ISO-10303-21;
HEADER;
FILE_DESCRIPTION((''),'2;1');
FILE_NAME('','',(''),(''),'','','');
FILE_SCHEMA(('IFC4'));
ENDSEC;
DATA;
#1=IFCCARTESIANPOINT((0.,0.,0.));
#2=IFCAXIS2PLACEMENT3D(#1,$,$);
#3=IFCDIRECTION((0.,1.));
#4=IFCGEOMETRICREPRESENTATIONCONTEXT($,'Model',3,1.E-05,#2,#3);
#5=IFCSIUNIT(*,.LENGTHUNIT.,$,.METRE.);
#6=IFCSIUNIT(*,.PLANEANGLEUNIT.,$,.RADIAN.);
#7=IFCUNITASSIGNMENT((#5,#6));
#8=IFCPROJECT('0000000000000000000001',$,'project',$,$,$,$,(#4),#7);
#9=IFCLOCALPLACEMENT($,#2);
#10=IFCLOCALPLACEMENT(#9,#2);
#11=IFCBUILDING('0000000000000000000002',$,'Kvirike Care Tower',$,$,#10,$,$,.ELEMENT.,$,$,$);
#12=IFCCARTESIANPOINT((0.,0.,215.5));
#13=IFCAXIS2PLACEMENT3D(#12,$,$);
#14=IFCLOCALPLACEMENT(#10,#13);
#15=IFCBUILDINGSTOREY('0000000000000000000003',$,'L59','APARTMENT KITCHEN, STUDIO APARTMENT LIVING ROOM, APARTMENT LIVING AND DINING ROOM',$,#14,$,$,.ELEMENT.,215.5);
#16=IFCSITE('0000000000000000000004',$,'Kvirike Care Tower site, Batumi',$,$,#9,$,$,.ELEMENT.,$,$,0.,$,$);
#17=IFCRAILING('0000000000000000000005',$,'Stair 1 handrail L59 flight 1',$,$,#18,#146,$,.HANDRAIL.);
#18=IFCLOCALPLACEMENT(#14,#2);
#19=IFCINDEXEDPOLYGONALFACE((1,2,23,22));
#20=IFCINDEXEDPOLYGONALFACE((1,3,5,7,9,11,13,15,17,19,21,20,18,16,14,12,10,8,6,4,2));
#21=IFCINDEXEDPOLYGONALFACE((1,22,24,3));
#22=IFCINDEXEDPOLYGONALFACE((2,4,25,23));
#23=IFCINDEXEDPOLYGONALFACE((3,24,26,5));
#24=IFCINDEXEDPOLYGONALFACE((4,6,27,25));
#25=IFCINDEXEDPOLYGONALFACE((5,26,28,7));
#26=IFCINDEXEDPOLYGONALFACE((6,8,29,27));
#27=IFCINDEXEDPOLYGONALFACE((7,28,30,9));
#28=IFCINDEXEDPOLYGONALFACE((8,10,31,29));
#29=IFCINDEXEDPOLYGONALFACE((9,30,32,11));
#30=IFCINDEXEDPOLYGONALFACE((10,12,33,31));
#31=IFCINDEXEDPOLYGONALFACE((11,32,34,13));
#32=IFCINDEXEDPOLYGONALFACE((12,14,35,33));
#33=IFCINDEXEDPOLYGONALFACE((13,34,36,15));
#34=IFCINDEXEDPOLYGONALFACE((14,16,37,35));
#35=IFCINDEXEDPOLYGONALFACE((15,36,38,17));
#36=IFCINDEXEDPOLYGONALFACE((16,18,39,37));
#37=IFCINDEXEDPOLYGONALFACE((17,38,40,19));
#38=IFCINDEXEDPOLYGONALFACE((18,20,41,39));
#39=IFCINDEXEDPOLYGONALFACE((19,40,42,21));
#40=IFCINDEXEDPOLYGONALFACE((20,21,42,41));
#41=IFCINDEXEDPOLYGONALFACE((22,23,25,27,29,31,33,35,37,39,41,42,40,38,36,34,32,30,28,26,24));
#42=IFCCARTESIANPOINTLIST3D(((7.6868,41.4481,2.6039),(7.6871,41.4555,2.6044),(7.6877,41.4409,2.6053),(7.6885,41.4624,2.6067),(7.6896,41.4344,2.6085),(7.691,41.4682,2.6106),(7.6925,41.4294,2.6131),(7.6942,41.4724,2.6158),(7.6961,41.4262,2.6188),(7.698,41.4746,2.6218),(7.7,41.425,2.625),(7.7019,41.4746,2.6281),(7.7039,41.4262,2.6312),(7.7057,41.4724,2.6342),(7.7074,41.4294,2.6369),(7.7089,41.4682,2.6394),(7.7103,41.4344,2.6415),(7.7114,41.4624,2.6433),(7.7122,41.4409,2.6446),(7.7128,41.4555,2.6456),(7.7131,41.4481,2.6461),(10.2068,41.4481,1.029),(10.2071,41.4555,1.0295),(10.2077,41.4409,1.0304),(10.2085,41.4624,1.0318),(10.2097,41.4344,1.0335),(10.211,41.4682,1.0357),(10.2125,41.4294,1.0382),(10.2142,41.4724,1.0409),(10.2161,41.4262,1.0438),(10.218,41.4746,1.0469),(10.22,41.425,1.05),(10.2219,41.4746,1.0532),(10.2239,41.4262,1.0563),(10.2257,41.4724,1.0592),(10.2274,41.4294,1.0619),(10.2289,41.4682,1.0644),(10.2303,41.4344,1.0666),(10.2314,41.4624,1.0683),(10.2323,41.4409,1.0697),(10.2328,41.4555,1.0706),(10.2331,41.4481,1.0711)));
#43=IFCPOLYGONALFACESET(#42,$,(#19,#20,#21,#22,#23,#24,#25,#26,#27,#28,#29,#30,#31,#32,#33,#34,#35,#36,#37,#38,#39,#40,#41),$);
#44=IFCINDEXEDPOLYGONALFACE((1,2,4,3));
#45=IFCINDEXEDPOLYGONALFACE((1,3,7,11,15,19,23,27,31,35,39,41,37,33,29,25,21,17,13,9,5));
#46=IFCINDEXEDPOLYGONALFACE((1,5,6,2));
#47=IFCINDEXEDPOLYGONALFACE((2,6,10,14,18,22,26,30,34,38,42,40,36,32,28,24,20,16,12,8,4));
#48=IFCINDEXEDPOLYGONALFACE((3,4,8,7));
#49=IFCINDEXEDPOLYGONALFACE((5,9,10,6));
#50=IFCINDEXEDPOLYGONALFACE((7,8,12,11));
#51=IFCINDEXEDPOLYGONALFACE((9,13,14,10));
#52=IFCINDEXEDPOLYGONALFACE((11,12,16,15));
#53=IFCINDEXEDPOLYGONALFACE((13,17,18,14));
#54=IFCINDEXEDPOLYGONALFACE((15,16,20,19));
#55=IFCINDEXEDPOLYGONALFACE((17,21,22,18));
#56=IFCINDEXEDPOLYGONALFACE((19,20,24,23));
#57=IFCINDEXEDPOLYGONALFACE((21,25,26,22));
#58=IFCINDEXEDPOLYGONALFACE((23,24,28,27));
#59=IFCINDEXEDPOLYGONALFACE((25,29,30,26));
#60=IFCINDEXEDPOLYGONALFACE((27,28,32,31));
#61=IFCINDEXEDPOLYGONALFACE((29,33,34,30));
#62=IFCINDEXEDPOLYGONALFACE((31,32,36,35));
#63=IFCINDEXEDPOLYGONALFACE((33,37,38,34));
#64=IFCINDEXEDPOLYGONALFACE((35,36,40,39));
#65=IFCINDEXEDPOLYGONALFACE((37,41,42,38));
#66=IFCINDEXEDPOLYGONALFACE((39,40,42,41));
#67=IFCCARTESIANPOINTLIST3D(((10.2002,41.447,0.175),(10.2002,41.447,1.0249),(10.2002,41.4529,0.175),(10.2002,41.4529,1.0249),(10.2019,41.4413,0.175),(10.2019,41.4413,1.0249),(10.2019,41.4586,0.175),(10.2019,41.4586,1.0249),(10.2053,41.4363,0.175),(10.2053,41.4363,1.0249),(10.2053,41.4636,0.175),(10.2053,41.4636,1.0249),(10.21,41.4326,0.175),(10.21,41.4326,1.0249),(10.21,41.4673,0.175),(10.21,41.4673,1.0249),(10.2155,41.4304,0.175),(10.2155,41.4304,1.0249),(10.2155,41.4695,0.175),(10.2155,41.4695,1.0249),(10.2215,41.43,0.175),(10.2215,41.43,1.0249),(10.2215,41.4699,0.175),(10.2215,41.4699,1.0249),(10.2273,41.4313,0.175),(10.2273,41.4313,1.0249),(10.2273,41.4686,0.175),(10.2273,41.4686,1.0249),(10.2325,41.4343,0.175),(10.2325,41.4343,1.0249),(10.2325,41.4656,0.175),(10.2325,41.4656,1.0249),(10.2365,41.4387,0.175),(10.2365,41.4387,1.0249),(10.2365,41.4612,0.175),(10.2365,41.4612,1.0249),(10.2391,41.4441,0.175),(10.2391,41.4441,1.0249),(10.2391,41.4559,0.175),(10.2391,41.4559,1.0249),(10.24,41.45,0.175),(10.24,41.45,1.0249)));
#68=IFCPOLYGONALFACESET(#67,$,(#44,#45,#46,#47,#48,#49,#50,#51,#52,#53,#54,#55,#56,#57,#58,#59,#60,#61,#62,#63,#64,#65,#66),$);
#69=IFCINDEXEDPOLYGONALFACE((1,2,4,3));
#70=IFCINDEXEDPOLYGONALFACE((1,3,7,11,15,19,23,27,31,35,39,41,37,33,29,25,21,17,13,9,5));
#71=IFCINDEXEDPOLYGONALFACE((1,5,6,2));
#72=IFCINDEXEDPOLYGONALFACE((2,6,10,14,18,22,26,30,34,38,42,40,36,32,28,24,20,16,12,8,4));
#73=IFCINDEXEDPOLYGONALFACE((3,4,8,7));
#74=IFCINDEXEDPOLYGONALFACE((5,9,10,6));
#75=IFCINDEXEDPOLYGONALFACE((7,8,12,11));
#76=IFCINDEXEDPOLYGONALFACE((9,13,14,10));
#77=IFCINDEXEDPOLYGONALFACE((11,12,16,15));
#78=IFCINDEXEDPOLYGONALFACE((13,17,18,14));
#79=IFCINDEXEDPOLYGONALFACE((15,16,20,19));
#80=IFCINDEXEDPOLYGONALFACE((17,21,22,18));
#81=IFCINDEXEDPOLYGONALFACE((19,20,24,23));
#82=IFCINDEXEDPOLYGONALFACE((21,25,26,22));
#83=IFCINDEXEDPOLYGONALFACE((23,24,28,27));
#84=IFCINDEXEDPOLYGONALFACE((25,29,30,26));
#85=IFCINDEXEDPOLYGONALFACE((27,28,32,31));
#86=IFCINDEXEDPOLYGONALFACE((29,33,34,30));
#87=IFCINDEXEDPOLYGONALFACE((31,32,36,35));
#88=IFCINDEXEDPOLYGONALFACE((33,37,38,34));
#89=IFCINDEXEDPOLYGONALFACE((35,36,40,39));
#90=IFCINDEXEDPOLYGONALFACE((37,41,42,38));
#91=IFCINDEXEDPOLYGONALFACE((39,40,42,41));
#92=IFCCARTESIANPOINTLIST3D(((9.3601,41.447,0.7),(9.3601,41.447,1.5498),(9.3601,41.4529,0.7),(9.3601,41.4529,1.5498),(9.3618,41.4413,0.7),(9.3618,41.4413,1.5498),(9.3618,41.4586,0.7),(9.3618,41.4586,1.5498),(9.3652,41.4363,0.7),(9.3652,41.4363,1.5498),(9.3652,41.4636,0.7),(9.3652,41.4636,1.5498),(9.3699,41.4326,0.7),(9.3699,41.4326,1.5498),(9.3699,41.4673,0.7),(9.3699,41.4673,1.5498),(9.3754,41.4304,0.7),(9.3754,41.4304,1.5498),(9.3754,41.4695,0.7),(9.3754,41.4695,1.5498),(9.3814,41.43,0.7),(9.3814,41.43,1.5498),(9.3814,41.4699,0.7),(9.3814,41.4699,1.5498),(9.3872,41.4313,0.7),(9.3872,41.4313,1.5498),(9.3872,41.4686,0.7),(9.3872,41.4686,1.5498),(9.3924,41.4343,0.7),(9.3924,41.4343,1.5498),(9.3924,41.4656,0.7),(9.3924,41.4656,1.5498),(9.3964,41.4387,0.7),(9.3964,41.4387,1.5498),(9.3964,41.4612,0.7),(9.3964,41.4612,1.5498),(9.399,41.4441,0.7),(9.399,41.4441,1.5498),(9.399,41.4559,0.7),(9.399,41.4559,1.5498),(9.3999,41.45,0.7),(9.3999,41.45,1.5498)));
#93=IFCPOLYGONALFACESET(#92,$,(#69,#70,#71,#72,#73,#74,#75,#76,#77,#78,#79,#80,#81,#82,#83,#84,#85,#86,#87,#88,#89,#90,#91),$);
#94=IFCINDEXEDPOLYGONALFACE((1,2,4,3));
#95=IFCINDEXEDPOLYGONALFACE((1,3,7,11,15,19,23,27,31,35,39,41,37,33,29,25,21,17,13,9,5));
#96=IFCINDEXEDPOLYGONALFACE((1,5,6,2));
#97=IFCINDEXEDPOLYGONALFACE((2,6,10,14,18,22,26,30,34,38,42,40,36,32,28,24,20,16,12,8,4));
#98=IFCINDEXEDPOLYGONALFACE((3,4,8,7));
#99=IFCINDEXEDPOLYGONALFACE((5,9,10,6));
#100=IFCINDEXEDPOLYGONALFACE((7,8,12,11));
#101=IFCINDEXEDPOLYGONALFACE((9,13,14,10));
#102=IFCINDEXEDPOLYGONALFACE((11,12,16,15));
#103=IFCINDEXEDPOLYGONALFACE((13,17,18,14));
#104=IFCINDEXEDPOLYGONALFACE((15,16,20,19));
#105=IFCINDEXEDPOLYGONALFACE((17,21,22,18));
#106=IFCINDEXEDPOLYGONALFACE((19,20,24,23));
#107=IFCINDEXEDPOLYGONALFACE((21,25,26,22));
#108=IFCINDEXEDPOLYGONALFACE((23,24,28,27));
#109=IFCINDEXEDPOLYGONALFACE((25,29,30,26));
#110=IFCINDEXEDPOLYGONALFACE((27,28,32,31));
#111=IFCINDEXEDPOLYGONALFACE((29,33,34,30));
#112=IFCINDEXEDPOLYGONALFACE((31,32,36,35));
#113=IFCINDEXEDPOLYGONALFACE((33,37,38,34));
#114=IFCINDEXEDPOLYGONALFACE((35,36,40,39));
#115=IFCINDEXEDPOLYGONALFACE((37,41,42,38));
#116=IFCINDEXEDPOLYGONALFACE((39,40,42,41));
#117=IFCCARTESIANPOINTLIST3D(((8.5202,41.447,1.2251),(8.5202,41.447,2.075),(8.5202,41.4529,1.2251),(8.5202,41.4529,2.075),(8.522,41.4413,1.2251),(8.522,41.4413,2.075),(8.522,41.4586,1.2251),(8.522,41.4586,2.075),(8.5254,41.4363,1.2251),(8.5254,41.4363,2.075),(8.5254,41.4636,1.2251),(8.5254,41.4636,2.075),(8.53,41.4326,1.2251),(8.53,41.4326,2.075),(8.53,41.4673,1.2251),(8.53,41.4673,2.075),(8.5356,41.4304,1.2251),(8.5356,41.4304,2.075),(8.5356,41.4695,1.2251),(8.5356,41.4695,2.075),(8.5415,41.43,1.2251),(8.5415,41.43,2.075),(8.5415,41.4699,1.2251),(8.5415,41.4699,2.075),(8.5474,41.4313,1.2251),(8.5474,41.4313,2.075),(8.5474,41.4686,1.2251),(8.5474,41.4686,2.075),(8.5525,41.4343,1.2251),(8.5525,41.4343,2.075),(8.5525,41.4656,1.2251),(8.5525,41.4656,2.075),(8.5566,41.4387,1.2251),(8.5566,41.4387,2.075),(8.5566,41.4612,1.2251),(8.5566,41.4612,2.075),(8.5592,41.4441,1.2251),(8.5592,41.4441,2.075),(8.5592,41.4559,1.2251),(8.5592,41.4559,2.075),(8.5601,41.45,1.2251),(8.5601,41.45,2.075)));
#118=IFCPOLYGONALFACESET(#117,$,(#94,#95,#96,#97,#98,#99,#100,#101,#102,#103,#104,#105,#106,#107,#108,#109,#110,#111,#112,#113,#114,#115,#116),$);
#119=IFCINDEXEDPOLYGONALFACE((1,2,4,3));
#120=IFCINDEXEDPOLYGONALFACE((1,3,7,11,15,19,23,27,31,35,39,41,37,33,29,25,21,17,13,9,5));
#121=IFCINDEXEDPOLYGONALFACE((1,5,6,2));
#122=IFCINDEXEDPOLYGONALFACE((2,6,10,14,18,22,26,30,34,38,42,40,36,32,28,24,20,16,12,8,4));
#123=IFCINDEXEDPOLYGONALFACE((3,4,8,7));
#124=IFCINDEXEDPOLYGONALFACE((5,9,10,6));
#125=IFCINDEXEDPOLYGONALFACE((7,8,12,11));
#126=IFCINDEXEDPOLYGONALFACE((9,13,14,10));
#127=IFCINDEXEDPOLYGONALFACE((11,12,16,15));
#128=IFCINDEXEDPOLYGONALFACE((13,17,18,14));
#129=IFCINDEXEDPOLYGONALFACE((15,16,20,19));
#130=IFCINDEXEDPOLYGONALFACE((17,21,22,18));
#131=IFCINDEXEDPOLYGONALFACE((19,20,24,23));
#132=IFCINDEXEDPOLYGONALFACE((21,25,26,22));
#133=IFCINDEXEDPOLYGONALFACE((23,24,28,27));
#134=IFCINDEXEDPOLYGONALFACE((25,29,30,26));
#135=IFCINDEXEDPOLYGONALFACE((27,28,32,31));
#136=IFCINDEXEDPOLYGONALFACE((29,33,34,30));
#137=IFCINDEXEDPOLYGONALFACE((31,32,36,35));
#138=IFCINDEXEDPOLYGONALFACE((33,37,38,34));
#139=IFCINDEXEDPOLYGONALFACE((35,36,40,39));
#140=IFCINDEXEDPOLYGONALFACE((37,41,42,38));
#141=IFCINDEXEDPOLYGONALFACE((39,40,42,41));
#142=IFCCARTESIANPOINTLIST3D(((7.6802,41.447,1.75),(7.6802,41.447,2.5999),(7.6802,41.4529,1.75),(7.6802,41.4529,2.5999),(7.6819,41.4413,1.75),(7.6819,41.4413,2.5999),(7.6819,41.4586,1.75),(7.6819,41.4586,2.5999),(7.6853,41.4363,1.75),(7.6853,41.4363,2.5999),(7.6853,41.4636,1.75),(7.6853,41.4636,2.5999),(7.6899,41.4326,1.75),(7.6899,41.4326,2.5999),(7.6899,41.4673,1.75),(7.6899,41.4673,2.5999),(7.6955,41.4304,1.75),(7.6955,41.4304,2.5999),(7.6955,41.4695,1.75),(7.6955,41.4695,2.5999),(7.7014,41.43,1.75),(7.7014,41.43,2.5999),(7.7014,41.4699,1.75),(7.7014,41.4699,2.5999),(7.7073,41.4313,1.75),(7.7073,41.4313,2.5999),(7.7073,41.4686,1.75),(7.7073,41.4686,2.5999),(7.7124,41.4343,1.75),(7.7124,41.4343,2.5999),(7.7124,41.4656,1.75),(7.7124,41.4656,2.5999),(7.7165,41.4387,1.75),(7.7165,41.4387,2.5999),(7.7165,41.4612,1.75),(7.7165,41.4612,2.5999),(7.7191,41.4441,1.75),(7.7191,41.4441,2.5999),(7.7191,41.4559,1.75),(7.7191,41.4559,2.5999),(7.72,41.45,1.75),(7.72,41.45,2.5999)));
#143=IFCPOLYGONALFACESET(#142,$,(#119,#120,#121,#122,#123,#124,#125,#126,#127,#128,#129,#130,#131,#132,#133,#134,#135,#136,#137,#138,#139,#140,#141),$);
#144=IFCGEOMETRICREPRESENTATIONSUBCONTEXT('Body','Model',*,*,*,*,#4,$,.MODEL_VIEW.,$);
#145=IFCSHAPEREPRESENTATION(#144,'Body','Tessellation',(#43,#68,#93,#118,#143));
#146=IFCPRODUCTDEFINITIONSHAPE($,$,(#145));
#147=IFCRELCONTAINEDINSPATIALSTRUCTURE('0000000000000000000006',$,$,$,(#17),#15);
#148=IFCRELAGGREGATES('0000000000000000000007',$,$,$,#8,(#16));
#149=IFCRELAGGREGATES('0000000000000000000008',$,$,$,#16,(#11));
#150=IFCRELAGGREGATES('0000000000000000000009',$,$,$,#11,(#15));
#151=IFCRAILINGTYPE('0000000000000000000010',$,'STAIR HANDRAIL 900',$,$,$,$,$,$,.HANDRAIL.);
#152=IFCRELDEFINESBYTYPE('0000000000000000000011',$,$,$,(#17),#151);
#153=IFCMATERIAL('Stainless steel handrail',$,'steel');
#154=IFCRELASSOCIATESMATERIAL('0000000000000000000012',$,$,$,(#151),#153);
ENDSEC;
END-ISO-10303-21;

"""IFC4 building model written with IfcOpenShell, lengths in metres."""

from ifc_helpers import new_model, si_unit, direction, frame, origin, origin_2d, place, context, subcontext, project, spatial, circle, extrude, material, type_object, element, save


model = new_model("IFC4")

# Units and contexts
model_context = context("Model", 3, precision=1e-05, world=origin(), true_north=direction((0.0, 1.0)))
body_context = subcontext(model_context, "Body", "Model", "MODEL_VIEW")
ifc_project = project(units=[si_unit("LENGTHUNIT", "METRE"), si_unit("PLANEANGLEUNIT", "RADIAN")], contexts=[model_context])

# Site, building, storey
site_placement = place(None, origin())
site = spatial("IfcSite", under=ifc_project, at=site_placement, Name="Kvirike Care Tower site, Batumi", CompositionType="ELEMENT", RefElevation=0.0)
building_placement = place(site_placement, origin())
building = spatial("IfcBuilding", under=site, at=building_placement, Name="Kvirike Care Tower", CompositionType="ELEMENT")
storey_placement = place(building_placement, frame((0.0, 0.0, 215.5)))
storey = spatial("IfcBuildingStorey", under=building, at=storey_placement, Name="L59", Description="APARTMENT KITCHEN, STUDIO APARTMENT LIVING ROOM, APARTMENT LIVING AND DINING ROOM", CompositionType="ELEMENT", Elevation=215.5)

# Railing
ifc_material_1 = material(Name="Stainless steel handrail", Category="steel")
railing_type = type_object("IfcRailingType", Name="STAIR HANDRAIL 900", PredefinedType="HANDRAIL", material=ifc_material_1)
railing_1_placement = place(storey_placement, frame((10.22, 41.45, 0.175)))
element("IfcRailing", 1, at=railing_1_placement, inside=storey, type_object=railing_type, Name="Stair 1 handrail L59 flight 1", PredefinedType="HANDRAIL", context=body_context, shape_type="SweptSolid", body=[
    extrude(circle(Radius=0.0249, at=origin_2d()), frame((0.0, 0.0, 0.875), z_axis=(-0.848008, 0.0, 0.529984), x_axis=(0.0, -1.0, 0.0)), (0.0, 0.0, 1.0), 2.9717),
    extrude(circle(Radius=0.02, at=origin_2d()), origin(), (0.0, 0.0, 1.0), 0.8499),
    extrude(circle(Radius=0.02, at=origin_2d()), frame((-0.8401, 0.0, 0.5249)), (0.0, 0.0, 1.0), 0.8499),
    extrude(circle(Radius=0.02, at=origin_2d()), frame((-1.6799, 0.0, 1.05)), (0.0, 0.0, 1.0), 0.8499),
    extrude(circle(Radius=0.02, at=origin_2d()), frame((-2.52, 0.0, 1.575)), (0.0, 0.0, 1.0), 0.8499),
])

save(model, "model.ifc")
